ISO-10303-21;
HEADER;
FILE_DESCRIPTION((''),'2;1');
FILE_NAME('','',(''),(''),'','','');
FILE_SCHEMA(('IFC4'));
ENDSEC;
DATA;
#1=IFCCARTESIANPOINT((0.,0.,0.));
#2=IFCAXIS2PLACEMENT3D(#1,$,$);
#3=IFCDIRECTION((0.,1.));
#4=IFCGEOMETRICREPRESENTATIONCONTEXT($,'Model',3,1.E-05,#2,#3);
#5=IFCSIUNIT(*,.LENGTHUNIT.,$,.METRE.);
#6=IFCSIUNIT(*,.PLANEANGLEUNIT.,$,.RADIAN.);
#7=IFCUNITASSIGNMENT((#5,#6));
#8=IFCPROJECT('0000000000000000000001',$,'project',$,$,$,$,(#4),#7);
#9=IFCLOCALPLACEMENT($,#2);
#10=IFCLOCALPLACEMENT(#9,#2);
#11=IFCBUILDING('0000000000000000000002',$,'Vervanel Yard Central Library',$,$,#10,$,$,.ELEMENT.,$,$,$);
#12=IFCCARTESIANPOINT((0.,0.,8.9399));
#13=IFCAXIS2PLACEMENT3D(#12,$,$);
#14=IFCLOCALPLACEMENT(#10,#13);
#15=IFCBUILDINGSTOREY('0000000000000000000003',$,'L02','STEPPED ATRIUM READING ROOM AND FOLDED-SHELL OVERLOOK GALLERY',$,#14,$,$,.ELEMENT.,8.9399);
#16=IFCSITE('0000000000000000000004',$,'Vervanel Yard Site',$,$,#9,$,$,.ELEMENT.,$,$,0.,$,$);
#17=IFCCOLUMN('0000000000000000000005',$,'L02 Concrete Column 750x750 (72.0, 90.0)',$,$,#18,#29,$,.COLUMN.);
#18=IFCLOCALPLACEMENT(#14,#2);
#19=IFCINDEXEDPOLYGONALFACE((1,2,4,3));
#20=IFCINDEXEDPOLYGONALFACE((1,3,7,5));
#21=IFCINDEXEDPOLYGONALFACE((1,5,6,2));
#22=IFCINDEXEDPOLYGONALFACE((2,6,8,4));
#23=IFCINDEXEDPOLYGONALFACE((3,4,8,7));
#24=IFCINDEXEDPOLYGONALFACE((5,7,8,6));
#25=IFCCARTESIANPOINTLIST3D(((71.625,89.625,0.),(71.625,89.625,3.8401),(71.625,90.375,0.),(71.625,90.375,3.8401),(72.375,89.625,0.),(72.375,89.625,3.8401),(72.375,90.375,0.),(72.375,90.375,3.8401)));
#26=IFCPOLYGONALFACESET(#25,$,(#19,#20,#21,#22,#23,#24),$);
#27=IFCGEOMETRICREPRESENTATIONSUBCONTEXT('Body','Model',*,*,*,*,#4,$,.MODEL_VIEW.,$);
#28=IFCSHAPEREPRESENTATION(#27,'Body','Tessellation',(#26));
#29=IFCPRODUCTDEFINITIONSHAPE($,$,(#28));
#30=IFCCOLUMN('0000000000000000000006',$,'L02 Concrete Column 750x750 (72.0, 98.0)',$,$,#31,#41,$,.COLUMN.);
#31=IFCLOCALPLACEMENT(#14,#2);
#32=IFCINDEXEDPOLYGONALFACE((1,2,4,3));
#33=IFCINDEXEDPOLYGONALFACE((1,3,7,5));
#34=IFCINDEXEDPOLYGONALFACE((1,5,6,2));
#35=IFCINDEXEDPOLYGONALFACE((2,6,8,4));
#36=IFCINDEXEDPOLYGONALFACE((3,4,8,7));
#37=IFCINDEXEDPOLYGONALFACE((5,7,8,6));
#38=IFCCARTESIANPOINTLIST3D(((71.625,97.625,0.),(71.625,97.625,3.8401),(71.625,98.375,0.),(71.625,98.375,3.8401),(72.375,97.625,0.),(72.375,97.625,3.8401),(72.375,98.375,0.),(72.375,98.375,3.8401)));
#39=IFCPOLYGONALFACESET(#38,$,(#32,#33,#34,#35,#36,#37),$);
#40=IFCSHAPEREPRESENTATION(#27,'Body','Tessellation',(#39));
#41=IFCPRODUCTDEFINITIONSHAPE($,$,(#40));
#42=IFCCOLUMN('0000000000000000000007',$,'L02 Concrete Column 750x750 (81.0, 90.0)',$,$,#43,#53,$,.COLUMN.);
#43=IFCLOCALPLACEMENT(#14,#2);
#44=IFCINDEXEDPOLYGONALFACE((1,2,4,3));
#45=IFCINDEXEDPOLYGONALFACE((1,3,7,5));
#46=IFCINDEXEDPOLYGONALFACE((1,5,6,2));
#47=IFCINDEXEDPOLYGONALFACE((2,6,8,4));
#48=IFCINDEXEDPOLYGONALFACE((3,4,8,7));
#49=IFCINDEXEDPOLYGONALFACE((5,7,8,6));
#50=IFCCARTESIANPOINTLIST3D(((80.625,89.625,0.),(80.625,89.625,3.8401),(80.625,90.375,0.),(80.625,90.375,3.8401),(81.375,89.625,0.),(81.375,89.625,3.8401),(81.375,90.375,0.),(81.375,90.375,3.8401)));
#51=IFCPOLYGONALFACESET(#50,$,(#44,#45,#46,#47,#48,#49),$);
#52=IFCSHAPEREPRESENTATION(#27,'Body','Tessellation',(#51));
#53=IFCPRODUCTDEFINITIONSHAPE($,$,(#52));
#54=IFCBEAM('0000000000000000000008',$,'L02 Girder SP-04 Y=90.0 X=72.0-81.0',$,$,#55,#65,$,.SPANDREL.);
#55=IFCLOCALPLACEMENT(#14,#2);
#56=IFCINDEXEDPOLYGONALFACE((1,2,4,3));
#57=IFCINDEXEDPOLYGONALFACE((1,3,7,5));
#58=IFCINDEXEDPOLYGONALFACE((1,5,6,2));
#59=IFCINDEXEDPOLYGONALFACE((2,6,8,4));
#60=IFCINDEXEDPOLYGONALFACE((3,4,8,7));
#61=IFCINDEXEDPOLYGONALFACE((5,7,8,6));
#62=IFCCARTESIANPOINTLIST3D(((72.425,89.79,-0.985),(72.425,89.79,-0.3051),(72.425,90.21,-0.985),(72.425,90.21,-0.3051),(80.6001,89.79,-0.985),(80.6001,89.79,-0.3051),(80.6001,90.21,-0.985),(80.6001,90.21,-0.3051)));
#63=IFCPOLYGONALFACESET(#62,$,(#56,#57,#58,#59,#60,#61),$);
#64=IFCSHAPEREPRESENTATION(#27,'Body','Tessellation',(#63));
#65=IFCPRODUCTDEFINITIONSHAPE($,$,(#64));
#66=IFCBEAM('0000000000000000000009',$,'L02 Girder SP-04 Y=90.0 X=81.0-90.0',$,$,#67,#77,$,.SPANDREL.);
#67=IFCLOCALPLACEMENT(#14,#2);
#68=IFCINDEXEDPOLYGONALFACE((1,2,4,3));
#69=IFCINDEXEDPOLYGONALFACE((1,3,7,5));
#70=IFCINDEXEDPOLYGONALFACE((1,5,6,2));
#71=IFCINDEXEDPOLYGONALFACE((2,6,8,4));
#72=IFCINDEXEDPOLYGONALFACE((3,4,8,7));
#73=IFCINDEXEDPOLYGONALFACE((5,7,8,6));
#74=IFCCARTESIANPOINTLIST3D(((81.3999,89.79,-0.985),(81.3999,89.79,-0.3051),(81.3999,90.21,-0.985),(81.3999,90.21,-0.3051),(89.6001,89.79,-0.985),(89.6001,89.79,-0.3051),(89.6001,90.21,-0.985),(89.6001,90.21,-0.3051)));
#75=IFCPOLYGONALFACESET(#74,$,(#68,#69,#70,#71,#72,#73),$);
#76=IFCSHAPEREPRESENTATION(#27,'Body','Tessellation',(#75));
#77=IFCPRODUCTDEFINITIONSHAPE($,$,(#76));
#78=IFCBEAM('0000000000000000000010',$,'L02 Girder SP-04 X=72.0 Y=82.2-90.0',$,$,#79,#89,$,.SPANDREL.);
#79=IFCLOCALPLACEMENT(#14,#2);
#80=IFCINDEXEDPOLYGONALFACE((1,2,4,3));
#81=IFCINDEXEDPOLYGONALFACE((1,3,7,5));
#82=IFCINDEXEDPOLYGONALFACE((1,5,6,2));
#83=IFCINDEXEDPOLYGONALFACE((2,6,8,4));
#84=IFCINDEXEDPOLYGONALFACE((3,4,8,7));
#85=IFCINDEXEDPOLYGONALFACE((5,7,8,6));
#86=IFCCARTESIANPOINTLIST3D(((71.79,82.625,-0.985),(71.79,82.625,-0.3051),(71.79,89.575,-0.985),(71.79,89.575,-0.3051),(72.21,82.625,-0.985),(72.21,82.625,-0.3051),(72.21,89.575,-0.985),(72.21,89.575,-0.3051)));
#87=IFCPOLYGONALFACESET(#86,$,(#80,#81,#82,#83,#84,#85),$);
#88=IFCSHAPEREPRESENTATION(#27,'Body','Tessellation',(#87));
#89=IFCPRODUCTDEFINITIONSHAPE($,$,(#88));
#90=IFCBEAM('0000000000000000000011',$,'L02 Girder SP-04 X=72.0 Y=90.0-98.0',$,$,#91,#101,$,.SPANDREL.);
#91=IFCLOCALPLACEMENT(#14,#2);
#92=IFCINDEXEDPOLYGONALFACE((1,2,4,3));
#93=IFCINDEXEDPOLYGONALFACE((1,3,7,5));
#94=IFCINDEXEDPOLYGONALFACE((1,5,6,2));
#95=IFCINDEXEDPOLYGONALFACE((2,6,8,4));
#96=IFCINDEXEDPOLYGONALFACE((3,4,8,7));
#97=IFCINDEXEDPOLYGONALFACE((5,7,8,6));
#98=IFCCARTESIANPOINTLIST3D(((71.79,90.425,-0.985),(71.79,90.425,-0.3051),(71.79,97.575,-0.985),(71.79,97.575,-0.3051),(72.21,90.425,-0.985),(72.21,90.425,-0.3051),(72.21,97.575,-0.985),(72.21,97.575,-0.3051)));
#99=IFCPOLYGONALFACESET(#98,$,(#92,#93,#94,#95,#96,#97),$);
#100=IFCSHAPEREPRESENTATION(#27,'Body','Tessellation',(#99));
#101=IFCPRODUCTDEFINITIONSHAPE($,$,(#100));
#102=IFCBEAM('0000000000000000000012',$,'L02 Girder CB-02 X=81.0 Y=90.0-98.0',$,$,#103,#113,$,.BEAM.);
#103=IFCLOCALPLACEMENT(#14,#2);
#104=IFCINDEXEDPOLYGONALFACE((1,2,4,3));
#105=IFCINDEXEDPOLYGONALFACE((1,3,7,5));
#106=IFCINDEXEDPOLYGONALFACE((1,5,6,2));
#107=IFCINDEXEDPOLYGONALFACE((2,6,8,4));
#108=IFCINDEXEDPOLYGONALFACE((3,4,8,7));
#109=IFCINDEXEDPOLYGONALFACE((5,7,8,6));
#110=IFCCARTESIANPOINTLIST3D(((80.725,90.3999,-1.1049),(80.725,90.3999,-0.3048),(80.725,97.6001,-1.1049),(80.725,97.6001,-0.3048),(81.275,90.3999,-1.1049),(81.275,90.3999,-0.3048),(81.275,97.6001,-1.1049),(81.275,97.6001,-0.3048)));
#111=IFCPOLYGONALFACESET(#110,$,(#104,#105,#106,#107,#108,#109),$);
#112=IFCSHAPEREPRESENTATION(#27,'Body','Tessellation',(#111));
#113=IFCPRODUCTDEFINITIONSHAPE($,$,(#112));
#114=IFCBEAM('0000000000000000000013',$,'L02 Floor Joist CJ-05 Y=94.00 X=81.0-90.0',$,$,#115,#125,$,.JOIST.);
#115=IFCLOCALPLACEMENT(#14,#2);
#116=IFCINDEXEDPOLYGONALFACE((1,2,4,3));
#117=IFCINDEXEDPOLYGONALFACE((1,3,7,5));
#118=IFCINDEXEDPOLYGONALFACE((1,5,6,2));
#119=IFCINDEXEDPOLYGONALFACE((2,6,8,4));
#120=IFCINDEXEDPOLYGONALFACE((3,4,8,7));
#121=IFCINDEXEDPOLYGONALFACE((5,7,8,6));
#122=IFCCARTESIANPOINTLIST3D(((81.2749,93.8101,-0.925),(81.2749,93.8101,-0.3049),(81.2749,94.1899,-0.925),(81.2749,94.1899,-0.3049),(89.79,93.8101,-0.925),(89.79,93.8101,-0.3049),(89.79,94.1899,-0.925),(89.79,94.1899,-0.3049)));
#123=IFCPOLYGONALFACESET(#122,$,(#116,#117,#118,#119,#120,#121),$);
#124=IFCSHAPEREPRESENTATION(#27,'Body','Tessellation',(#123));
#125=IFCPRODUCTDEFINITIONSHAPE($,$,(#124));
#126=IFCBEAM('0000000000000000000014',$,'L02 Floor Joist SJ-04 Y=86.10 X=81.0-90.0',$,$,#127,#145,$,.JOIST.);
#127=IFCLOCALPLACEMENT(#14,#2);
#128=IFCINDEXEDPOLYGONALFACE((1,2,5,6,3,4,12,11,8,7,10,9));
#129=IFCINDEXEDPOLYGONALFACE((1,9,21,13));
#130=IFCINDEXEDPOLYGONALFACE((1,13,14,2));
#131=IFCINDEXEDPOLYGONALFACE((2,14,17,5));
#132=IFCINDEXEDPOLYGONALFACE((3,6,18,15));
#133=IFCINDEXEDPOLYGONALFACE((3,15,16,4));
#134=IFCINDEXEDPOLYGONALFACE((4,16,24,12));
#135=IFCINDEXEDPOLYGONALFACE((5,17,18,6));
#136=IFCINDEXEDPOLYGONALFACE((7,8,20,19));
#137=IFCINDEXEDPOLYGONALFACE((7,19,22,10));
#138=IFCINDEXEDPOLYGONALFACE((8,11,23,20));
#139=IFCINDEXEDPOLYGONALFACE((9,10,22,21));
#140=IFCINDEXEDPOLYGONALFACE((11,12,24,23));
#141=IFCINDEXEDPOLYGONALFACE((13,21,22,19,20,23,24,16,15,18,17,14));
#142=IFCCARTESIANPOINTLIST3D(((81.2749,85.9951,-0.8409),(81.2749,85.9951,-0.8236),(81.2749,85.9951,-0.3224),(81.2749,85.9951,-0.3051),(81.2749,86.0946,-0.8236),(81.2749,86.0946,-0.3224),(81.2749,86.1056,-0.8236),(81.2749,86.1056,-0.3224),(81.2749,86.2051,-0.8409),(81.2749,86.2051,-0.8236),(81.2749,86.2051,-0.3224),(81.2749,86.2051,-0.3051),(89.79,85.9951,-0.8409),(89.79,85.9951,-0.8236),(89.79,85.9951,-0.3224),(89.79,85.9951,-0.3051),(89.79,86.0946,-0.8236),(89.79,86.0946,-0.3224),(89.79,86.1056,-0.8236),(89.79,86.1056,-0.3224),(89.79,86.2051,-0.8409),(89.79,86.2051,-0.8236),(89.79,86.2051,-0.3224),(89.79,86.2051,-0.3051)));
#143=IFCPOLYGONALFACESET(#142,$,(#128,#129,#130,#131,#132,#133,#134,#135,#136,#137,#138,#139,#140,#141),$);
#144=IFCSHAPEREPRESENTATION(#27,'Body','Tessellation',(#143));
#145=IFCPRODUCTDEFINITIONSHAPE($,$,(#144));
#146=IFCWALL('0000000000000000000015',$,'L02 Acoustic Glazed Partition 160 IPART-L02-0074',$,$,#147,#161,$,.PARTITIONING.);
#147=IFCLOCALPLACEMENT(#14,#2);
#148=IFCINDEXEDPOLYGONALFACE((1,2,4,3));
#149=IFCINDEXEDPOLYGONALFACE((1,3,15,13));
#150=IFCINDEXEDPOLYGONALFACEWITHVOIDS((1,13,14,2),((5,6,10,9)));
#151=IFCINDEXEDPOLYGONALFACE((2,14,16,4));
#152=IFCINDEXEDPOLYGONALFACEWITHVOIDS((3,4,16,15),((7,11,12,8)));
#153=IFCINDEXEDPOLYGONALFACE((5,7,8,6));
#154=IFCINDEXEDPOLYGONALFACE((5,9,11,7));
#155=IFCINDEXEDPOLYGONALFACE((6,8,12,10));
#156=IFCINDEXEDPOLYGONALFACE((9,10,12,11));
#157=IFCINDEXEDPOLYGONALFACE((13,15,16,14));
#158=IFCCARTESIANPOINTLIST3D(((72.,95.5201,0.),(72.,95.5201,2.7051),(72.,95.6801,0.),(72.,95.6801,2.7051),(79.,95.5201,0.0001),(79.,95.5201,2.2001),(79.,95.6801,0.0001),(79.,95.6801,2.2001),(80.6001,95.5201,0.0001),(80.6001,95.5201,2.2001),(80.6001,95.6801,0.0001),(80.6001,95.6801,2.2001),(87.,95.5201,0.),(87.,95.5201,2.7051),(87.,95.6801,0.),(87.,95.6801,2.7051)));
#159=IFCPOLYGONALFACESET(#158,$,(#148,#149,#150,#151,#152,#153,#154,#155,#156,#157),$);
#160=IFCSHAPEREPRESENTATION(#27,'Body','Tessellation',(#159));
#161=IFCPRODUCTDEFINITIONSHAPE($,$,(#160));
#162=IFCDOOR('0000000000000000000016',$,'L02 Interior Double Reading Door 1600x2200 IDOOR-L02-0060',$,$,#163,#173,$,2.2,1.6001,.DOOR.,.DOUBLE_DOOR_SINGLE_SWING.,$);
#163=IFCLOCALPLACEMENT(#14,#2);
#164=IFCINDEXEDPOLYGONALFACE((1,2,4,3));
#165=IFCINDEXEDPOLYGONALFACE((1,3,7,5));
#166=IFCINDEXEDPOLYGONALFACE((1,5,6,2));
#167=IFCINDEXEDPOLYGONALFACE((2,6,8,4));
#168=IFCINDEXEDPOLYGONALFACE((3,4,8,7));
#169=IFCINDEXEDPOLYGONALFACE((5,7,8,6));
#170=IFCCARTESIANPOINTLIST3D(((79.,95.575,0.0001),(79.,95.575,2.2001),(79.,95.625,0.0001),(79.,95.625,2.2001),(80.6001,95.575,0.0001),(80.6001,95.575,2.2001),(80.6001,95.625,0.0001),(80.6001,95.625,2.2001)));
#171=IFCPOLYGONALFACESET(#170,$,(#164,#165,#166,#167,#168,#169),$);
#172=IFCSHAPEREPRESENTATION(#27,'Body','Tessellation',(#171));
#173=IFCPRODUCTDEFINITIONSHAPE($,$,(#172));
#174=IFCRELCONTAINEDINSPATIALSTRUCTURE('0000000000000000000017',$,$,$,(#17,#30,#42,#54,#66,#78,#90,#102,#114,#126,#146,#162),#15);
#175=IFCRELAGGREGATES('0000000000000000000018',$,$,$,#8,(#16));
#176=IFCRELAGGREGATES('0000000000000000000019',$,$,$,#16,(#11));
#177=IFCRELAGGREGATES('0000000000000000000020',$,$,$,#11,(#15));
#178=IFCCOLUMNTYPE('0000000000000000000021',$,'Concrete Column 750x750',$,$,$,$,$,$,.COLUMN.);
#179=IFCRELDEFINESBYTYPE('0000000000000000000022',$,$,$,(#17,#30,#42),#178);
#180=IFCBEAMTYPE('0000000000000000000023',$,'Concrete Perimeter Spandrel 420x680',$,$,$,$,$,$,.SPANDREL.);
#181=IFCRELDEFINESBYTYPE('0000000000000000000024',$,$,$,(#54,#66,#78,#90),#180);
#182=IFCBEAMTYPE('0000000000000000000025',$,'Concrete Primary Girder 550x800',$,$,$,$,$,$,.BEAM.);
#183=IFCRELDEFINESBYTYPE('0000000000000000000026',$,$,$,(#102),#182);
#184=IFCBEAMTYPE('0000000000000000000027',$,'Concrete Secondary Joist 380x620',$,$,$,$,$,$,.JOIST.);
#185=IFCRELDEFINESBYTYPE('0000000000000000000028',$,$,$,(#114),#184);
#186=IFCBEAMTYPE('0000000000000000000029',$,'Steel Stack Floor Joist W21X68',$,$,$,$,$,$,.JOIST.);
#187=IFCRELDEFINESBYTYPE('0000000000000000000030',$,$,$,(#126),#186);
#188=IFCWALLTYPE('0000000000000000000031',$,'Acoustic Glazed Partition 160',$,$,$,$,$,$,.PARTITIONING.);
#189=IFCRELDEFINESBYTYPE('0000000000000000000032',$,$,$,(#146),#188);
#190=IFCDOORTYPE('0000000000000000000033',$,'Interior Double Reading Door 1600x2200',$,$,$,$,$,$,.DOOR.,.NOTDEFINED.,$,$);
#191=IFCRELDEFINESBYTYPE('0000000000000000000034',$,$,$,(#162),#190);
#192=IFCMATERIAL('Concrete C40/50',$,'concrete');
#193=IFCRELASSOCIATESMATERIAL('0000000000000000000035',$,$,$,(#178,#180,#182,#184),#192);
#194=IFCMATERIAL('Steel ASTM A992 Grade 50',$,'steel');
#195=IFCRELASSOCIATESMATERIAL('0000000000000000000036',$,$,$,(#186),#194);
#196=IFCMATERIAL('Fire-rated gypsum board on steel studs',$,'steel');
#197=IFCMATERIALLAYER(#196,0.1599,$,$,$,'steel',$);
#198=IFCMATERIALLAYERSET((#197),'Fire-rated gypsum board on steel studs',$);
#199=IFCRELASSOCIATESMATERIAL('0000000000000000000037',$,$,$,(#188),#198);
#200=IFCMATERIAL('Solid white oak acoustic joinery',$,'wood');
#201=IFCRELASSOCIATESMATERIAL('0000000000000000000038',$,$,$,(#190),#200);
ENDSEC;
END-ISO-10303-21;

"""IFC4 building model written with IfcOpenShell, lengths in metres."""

from ifc_helpers import new_model, si_unit, direction, frame, frame_2d, origin, origin_2d, place, context, subcontext, project, spatial, rectangle, i_section, extrude, material, layer, layer_set, material_profile, profile_set, type_object, element, fill, save


model = new_model("IFC4")

# Units and contexts
model_context = context("Model", 3, precision=1e-05, world=origin(), true_north=direction((0.0, 1.0)))
body_context = subcontext(model_context, "Body", "Model", "MODEL_VIEW")
ifc_project = project(units=[si_unit("LENGTHUNIT", "METRE"), si_unit("PLANEANGLEUNIT", "RADIAN")], contexts=[model_context])

# Site, building, storey
site_placement = place(None, origin())
site = spatial("IfcSite", under=ifc_project, at=site_placement, Name="Vervanel Yard Site", CompositionType="ELEMENT", RefElevation=0.0)
building_placement = place(site_placement, origin())
building = spatial("IfcBuilding", under=site, at=building_placement, Name="Vervanel Yard Central Library", CompositionType="ELEMENT")
storey_placement = place(building_placement, frame((0.0, 0.0, 8.9399)))
storey = spatial("IfcBuildingStorey", under=building, at=storey_placement, Name="L02", Description="STEPPED ATRIUM READING ROOM AND FOLDED-SHELL OVERLOOK GALLERY", CompositionType="ELEMENT", Elevation=8.9399)

# Columns
ifc_material_1 = material(Name="Concrete C40/50", Category="concrete")
ifc_material_profile_1 = material_profile(ifc_material_1, rectangle(XDim=0.75, YDim=0.75, at=origin_2d()), Name="RC 750x750", Category="concrete")
ifc_profile_set_1 = profile_set([ifc_material_profile_1], Name="Concrete C40/50")
column_type = type_object("IfcColumnType", Name="Concrete Column 750x750", PredefinedType="COLUMN", material=ifc_profile_set_1)
for number, where, z_axis, x_axis, name in (
    (1, (72.0, 90.0, 0.0), (0.0, 0.0, 1.0), (1.0, 0.0, 0.0), "L02 Concrete Column 750x750 (72.0, 90.0)"),
    (2, (72.0, 98.0, 0.0), (0.0, 0.0, 1.0), (1.0, 0.0, 0.0), "L02 Concrete Column 750x750 (72.0, 98.0)"),
    (3, (81.0, 90.0, 0.0), (0.0, 0.0, 1.0), (1.0, 0.0, 0.0), "L02 Concrete Column 750x750 (81.0, 90.0)"),
):
    element("IfcColumn", number, at=place(storey_placement, frame(where, z_axis=z_axis, x_axis=x_axis)), inside=storey, type_object=column_type, Name=name, PredefinedType="COLUMN", context=body_context, shape_type="SweptSolid", body=[
        extrude(rectangle(XDim=0.75, YDim=0.75, at=origin_2d()), origin(), (0.0, 0.0, 1.0), 3.8401),
    ])

# Beams
ifc_material_profile_2 = material_profile(ifc_material_1, rectangle(XDim=0.4199, YDim=0.6799, at=origin_2d()), Name="RC 420x680", Category="concrete")
ifc_profile_set_2 = profile_set([ifc_material_profile_2], Name="Concrete C40/50")
beam_type_1 = type_object("IfcBeamType", Name="Concrete Perimeter Spandrel 420x680", PredefinedType="SPANDREL", material=ifc_profile_set_2)
beam_1_placement = place(storey_placement, frame((72.425, 90.0, -0.645), z_axis=(1.0, 0.0, 0.0), x_axis=(0.0, 1.0, 0.0)))
element("IfcBeam", 4, at=beam_1_placement, inside=storey, type_object=beam_type_1, Name="L02 Girder SP-04 Y=90.0 X=72.0-81.0", PredefinedType="SPANDREL", context=body_context, shape_type="SweptSolid", body=[
    extrude(rectangle(XDim=0.4199, YDim=0.6799, at=origin_2d()), origin(), (0.0, 0.0, 1.0), 8.175),
])
beam_2_placement = place(storey_placement, frame((81.3999, 90.0, -0.645), z_axis=(1.0, 0.0, 0.0), x_axis=(0.0, 1.0, 0.0)))
element("IfcBeam", 5, at=beam_2_placement, inside=storey, type_object=beam_type_1, Name="L02 Girder SP-04 Y=90.0 X=81.0-90.0", PredefinedType="SPANDREL", context=body_context, shape_type="SweptSolid", body=[
    extrude(rectangle(XDim=0.4199, YDim=0.6799, at=origin_2d()), origin(), (0.0, 0.0, 1.0), 8.2002),
])
beam_3_placement = place(storey_placement, frame((72.0, 82.625, -0.645), z_axis=(0.0, 1.0, 0.0), x_axis=(-1.0, 0.0, 0.0)))
element("IfcBeam", 6, at=beam_3_placement, inside=storey, type_object=beam_type_1, Name="L02 Girder SP-04 X=72.0 Y=82.2-90.0", PredefinedType="SPANDREL", context=body_context, shape_type="SweptSolid", body=[
    extrude(rectangle(XDim=0.4199, YDim=0.6799, at=origin_2d()), origin(), (0.0, 0.0, 1.0), 6.95),
])
beam_4_placement = place(storey_placement, frame((72.0, 90.425, -0.645), z_axis=(0.0, 1.0, 0.0), x_axis=(-1.0, 0.0, 0.0)))
element("IfcBeam", 7, at=beam_4_placement, inside=storey, type_object=beam_type_1, Name="L02 Girder SP-04 X=72.0 Y=90.0-98.0", PredefinedType="SPANDREL", context=body_context, shape_type="SweptSolid", body=[
    extrude(rectangle(XDim=0.4199, YDim=0.6799, at=origin_2d()), origin(), (0.0, 0.0, 1.0), 7.1499),
])
ifc_material_profile_3 = material_profile(ifc_material_1, rectangle(XDim=0.55, YDim=0.8, at=origin_2d()), Name="RC 550x800", Category="concrete")
ifc_profile_set_3 = profile_set([ifc_material_profile_3], Name="Concrete C40/50")
beam_type_2 = type_object("IfcBeamType", Name="Concrete Primary Girder 550x800", PredefinedType="BEAM", material=ifc_profile_set_3)
beam_5_placement = place(storey_placement, frame((81.0, 90.3999, -0.7048), z_axis=(0.0, 1.0, 0.0), x_axis=(-1.0, 0.0, 0.0)))
element("IfcBeam", 8, at=beam_5_placement, inside=storey, type_object=beam_type_2, Name="L02 Girder CB-02 X=81.0 Y=90.0-98.0", PredefinedType="BEAM", context=body_context, shape_type="SweptSolid", body=[
    extrude(rectangle(XDim=0.55, YDim=0.8, at=origin_2d()), origin(), (0.0, 0.0, 1.0), 7.2002),
])
ifc_material_profile_4 = material_profile(ifc_material_1, rectangle(XDim=0.3799, YDim=0.6201, at=origin_2d()), Name="RC 380x620", Category="concrete")
ifc_profile_set_4 = profile_set([ifc_material_profile_4], Name="Concrete C40/50")
beam_type_3 = type_object("IfcBeamType", Name="Concrete Secondary Joist 380x620", PredefinedType="JOIST", material=ifc_profile_set_4)
beam_6_placement = place(storey_placement, frame((81.2749, 94.0, -0.615), z_axis=(1.0, 0.0, 0.0), x_axis=(0.0, 1.0, 0.0)))
element("IfcBeam", 9, at=beam_6_placement, inside=storey, type_object=beam_type_3, Name="L02 Floor Joist CJ-05 Y=94.00 X=81.0-90.0", PredefinedType="JOIST", context=body_context, shape_type="SweptSolid", body=[
    extrude(rectangle(XDim=0.3799, YDim=0.6201, at=origin_2d()), origin(), (0.0, 0.0, 1.0), 8.5151),
])
ifc_material_2 = material(Name="Steel ASTM A992 Grade 50", Category="steel")
ifc_material_profile_5 = material_profile(ifc_material_2, i_section(OverallWidth=0.21, OverallDepth=0.5359, WebThickness=0.011, FlangeThickness=0.0173, at=origin_2d()), Name="W21X68", Category="steel")
ifc_profile_set_5 = profile_set([ifc_material_profile_5], Name="Steel ASTM A992 Grade 50")
beam_type_4 = type_object("IfcBeamType", Name="Steel Stack Floor Joist W21X68", PredefinedType="JOIST", material=ifc_profile_set_5)
beam_7_placement = place(storey_placement, frame((81.2749, 86.1001, -0.573), z_axis=(1.0, 0.0, 0.0), x_axis=(0.0, 1.0, 0.0)))
element("IfcBeam", 10, at=beam_7_placement, inside=storey, type_object=beam_type_4, Name="L02 Floor Joist SJ-04 Y=86.10 X=81.0-90.0", PredefinedType="JOIST", context=body_context, shape_type="SweptSolid", body=[
    extrude(i_section(OverallWidth=0.21, OverallDepth=0.5359, WebThickness=0.011, FlangeThickness=0.0173, at=origin_2d()), origin(), (0.0, 0.0, 1.0), 8.5151),
])

# Wall, opening, door
ifc_material_3 = material(Name="Fire-rated gypsum board on steel studs", Category="steel")
ifc_layer_1 = layer(ifc_material_3, 0.1599, Category="steel")
ifc_layer_set_1 = layer_set([ifc_layer_1], Name="Fire-rated gypsum board on steel studs")
wall_type_1 = type_object("IfcWallType", Name="Acoustic Glazed Partition 160", PredefinedType="PARTITIONING", material=ifc_layer_set_1)
wall_1_placement = place(storey_placement, frame((72.0, 95.6001, 0.0), z_axis=(0.0, 0.0, 1.0), x_axis=(1.0, 0.0, 0.0)))
wall_1 = element("IfcWall", 11, at=wall_1_placement, inside=storey, type_object=wall_type_1, Name="L02 Acoustic Glazed Partition 160 IPART-L02-0074", PredefinedType="PARTITIONING", context=body_context, shape_type="SweptSolid", body=[
    extrude(rectangle(XDim=15.0, YDim=0.1599, at=frame_2d((7.5, 0.0))), origin(), (0.0, 0.0, 1.0), 2.7051),
])
opening_1_placement = place(wall_1_placement, frame((7.0, 0.0, 0.0)))
opening_1 = element("IfcOpeningElement", 12, at=opening_1_placement, cuts=wall_1, PredefinedType="OPENING", context=body_context, shape_type="SweptSolid", body=[
    extrude(rectangle(XDim=1.6001, YDim=2.2, at=frame_2d((0.8, 1.1001))), frame((0.0, 0.0898, 0.0), z_axis=(0.0, -1.0, 0.0), x_axis=(1.0, 0.0, 0.0)), (0.0, 0.0, 1.0), 0.1799),
])
ifc_material_4 = material(Name="Solid white oak acoustic joinery", Category="wood")
door_type_1 = type_object("IfcDoorType", Name="Interior Double Reading Door 1600x2200", OperationType="NOTDEFINED", PredefinedType="DOOR", material=ifc_material_4)
door_1_placement = place(opening_1_placement, origin())
door_1 = element("IfcDoor", 13, at=door_1_placement, inside=storey, type_object=door_type_1, Name="L02 Interior Double Reading Door 1600x2200 IDOOR-L02-0060", OperationType="DOUBLE_DOOR_SINGLE_SWING", OverallHeight=2.2, OverallWidth=1.6001, PredefinedType="DOOR", context=body_context, shape_type="SweptSolid", body=[
    extrude(rectangle(XDim=1.6001, YDim=2.2, at=frame_2d((0.8, 1.1001))), frame((0.0, 0.0249, 0.0), z_axis=(0.0, -1.0, 0.0), x_axis=(1.0, 0.0, 0.0)), (0.0, 0.0, 1.0), 0.05),
])
fill(opening_1, door_1)

save(model, "model.ifc")
